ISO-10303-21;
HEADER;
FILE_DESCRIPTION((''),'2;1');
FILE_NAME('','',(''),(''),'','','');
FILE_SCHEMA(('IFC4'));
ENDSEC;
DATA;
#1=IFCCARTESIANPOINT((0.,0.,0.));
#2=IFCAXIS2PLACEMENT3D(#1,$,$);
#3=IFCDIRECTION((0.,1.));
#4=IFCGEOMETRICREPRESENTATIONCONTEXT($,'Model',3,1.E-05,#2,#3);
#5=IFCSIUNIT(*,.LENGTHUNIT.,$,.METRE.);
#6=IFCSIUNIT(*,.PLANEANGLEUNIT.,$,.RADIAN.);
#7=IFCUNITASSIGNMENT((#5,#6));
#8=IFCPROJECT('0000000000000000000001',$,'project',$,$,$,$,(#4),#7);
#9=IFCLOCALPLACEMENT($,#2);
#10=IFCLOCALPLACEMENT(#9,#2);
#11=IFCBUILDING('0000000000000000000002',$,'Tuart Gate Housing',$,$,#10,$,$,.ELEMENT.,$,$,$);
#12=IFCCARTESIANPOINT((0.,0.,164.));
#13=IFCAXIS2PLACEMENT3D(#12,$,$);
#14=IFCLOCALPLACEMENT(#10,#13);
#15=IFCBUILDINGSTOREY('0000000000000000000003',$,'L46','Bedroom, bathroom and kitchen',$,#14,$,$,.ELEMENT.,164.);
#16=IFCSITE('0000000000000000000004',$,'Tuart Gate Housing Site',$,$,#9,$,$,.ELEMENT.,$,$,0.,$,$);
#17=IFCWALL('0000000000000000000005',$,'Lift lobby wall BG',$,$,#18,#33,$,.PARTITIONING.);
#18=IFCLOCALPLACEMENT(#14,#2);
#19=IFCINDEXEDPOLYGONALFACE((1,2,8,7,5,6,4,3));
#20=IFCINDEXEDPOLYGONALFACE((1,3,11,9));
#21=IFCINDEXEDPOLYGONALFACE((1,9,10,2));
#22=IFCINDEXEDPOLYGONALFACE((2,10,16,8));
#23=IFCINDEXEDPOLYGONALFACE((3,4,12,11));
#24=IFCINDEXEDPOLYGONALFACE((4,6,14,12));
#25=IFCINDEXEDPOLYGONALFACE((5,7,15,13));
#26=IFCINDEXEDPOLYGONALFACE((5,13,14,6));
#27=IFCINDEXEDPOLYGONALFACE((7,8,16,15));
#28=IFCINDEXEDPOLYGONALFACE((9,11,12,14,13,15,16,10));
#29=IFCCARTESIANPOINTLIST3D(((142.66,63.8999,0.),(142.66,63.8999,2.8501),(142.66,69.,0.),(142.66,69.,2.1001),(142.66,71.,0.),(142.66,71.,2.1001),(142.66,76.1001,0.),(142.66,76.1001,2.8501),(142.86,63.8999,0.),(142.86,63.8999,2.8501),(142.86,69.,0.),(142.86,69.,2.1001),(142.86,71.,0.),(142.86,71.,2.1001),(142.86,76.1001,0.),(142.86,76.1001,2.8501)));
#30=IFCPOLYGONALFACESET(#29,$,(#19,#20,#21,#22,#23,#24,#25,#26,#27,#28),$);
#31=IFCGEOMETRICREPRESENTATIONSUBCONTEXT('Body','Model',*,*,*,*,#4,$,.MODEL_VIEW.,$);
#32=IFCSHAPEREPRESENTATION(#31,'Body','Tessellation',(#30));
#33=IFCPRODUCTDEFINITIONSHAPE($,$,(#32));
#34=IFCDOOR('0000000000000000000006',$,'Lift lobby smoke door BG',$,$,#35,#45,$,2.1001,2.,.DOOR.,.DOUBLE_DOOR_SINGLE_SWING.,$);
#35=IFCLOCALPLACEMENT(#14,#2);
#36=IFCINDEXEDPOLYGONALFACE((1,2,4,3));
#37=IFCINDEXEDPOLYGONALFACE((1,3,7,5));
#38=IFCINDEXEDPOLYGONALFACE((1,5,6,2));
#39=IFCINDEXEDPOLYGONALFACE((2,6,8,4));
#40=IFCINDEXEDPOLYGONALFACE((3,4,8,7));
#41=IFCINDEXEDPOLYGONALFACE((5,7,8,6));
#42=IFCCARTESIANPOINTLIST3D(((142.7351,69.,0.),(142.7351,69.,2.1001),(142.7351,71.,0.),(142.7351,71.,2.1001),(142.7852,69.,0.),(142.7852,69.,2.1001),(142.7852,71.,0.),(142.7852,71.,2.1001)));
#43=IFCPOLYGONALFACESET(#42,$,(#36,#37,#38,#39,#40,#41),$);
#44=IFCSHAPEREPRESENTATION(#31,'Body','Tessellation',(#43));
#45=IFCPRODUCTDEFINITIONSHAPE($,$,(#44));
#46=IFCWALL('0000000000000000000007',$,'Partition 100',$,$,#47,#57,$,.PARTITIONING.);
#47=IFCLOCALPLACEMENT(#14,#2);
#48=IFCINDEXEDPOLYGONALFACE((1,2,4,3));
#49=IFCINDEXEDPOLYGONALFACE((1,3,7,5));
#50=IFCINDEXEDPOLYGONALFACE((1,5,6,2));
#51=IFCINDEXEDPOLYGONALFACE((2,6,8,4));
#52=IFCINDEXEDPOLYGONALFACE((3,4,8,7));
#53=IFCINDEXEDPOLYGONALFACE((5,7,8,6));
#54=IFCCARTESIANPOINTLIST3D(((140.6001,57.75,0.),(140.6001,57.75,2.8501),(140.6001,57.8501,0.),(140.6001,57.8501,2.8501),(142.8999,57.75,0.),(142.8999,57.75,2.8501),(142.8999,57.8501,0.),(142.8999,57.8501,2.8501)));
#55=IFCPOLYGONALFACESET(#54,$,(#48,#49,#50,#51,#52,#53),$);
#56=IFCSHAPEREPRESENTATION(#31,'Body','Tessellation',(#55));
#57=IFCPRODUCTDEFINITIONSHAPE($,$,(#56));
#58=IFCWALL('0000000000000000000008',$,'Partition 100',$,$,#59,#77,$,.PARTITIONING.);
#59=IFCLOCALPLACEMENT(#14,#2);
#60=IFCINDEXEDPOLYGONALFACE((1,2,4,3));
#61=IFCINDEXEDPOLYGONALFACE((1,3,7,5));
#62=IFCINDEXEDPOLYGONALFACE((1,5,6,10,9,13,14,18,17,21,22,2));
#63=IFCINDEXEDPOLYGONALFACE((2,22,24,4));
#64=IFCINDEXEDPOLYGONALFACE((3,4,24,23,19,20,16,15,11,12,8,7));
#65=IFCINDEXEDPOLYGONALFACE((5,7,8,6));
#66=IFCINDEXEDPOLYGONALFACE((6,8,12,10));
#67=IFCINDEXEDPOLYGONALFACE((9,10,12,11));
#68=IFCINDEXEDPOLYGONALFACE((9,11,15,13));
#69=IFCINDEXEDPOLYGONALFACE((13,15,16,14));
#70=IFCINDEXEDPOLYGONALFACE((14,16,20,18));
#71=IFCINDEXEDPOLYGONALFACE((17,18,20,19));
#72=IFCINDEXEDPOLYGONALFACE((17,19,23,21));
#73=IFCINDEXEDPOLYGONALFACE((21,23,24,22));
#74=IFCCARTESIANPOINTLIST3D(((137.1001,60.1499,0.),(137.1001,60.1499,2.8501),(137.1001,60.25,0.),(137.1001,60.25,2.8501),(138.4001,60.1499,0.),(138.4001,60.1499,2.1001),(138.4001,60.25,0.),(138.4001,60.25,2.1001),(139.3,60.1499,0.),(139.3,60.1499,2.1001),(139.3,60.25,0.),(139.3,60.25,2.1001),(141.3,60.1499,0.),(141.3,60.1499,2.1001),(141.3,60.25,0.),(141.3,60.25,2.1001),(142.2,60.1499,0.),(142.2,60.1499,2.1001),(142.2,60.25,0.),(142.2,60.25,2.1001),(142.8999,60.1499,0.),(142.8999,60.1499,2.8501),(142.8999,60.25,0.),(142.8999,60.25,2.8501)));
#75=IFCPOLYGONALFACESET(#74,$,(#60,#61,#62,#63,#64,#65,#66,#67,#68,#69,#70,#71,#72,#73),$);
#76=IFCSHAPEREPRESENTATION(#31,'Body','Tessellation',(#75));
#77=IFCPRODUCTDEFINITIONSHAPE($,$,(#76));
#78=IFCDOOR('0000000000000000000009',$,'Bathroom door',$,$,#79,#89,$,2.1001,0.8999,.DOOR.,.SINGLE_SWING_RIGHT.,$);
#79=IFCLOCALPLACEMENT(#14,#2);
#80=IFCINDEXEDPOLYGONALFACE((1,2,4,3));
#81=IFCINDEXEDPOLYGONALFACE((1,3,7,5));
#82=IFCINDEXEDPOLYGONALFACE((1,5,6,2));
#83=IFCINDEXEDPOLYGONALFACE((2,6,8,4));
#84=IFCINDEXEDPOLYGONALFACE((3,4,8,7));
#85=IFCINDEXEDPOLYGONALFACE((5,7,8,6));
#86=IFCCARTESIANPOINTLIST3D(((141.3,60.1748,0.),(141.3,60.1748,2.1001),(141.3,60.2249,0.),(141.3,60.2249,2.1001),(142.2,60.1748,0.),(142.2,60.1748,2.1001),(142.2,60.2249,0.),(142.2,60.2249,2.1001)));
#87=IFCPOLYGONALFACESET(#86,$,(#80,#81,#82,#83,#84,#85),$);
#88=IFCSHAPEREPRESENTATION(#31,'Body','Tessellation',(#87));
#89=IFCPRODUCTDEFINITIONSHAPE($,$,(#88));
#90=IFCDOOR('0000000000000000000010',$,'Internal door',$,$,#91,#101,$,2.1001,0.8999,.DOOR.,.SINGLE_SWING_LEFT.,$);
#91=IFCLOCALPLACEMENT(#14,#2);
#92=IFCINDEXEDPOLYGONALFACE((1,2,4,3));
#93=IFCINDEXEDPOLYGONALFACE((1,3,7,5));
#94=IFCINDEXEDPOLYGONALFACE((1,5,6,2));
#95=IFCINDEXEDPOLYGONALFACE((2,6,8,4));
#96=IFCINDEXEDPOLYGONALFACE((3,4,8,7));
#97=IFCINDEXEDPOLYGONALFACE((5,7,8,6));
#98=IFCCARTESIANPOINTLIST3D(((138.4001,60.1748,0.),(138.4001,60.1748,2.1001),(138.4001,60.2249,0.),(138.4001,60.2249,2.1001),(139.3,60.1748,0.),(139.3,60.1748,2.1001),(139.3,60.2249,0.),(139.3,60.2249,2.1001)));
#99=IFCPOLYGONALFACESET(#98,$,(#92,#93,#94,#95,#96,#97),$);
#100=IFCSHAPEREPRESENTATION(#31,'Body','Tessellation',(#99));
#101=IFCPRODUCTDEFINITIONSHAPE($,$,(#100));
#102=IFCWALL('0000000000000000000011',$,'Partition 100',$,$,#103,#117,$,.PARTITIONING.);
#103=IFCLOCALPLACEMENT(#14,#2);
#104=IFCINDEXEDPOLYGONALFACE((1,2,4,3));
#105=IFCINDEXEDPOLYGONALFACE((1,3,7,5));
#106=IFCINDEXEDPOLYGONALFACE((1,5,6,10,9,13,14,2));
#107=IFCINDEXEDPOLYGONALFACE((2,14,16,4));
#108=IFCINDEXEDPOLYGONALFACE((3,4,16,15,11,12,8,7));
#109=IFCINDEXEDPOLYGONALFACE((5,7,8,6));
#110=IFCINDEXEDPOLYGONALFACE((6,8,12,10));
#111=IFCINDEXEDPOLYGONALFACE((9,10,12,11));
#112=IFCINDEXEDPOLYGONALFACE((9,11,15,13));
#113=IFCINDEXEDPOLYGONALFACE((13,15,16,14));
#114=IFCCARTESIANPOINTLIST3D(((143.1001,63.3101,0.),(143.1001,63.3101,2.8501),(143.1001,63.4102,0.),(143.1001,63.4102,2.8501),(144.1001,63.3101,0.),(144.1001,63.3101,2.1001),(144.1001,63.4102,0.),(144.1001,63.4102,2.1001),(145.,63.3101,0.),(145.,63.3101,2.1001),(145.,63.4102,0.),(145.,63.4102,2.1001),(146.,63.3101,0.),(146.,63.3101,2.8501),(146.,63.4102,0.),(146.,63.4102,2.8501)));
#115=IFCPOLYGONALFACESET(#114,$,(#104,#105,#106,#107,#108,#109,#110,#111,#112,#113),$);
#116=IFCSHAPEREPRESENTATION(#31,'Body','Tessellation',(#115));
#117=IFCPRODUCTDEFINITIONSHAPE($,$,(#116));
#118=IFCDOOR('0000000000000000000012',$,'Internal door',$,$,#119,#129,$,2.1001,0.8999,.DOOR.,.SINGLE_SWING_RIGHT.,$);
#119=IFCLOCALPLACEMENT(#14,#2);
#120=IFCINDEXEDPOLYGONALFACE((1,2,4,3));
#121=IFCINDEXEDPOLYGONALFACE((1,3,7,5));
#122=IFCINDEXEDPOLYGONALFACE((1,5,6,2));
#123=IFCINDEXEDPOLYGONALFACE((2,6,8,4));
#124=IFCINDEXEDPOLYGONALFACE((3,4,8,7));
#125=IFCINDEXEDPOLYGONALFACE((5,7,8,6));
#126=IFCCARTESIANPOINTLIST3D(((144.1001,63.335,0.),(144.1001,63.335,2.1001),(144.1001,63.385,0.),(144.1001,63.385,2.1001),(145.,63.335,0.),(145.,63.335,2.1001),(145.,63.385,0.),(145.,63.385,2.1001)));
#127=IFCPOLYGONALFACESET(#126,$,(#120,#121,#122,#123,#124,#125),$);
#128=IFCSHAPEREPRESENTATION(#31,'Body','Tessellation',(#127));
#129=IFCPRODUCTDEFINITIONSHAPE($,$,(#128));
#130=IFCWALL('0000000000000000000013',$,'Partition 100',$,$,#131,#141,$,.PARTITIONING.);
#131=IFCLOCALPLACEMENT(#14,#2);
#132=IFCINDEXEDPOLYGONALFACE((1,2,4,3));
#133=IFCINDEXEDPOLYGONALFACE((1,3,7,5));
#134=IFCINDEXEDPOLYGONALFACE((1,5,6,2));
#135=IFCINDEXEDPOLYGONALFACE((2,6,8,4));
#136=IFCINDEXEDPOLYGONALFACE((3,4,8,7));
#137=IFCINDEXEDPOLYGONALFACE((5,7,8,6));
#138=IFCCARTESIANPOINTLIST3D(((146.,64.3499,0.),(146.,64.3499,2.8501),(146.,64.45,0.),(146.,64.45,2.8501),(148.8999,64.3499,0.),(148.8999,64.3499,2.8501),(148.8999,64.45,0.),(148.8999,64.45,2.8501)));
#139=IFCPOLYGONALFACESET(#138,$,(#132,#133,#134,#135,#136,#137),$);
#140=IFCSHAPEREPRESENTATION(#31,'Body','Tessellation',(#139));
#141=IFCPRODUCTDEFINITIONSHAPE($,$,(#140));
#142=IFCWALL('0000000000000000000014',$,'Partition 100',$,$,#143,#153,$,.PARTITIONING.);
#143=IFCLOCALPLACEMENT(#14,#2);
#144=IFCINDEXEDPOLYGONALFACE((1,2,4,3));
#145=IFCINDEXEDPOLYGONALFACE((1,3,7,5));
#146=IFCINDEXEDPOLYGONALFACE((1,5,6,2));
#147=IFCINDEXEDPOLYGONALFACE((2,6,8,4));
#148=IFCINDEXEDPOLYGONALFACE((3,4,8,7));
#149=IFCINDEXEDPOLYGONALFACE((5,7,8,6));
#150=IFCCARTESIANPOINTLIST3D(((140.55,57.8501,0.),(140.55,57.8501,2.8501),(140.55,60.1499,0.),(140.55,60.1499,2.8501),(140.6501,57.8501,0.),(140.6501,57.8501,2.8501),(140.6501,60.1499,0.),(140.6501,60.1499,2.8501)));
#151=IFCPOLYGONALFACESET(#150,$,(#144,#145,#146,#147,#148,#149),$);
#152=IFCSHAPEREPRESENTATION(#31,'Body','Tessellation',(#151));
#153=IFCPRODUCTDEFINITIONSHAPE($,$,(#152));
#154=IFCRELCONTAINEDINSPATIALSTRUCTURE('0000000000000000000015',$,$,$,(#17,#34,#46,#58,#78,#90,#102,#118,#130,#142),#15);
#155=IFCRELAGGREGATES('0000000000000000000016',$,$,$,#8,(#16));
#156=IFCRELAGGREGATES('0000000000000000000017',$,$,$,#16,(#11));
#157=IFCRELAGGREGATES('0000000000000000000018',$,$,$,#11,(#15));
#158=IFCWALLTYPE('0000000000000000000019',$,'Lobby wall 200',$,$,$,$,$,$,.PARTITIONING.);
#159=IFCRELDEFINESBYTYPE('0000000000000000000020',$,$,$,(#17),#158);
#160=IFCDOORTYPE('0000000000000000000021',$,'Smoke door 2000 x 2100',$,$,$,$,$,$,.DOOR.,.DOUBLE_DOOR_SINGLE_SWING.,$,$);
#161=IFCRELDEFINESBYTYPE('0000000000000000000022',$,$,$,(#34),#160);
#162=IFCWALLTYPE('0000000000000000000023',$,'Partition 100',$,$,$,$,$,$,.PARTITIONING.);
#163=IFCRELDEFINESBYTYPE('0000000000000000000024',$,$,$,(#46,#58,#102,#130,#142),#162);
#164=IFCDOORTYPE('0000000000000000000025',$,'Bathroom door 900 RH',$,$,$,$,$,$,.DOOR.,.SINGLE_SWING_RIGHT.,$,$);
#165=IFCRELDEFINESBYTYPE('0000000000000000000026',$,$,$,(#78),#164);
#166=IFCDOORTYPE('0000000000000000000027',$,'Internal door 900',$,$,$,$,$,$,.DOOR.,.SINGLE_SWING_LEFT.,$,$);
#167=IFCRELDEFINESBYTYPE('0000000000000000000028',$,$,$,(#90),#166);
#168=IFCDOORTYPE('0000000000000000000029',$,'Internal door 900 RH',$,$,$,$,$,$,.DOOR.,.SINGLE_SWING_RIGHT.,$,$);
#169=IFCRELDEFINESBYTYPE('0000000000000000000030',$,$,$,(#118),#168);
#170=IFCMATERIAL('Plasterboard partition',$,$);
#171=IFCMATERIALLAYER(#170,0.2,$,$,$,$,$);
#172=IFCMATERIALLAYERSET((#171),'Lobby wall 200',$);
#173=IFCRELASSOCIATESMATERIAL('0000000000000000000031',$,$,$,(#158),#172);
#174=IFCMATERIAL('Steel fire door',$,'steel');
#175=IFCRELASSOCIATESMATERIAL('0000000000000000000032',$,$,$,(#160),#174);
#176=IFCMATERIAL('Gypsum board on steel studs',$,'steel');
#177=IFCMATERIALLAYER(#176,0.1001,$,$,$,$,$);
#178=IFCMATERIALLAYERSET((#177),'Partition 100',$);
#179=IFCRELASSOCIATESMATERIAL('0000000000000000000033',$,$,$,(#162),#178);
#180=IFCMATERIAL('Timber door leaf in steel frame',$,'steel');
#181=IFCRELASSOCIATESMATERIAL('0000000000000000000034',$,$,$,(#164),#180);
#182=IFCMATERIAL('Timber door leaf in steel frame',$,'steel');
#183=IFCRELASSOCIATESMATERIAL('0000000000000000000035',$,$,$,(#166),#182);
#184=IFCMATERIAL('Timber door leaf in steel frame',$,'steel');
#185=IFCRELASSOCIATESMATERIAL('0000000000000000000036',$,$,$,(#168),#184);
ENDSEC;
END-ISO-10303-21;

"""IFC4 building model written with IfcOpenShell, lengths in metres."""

from ifc_helpers import new_model, si_unit, direction, frame, frame_2d, origin, place, context, subcontext, project, spatial, rectangle, extrude, material, layer, layer_set, type_object, element, fill, save


model = new_model("IFC4")

# Units and contexts
model_context = context("Model", 3, precision=1e-05, world=origin(), true_north=direction((0.0, 1.0)))
body_context = subcontext(model_context, "Body", "Model", "MODEL_VIEW")
ifc_project = project(units=[si_unit("LENGTHUNIT", "METRE"), si_unit("PLANEANGLEUNIT", "RADIAN")], contexts=[model_context])

# Site, building, storey
site_placement = place(None, origin())
site = spatial("IfcSite", under=ifc_project, at=site_placement, Name="Tuart Gate Housing Site", CompositionType="ELEMENT", RefElevation=0.0)
building_placement = place(site_placement, origin())
building = spatial("IfcBuilding", under=site, at=building_placement, Name="Tuart Gate Housing", CompositionType="ELEMENT")
storey_placement = place(building_placement, frame((0.0, 0.0, 164.0)))
storey = spatial("IfcBuildingStorey", under=building, at=storey_placement, Name="L46", Description="Bedroom, bathroom and kitchen", CompositionType="ELEMENT", Elevation=164.0)

# Wall, opening, door
ifc_material_1 = material(Name="Plasterboard partition")
ifc_layer_1 = layer(ifc_material_1, 0.2)
ifc_layer_set_1 = layer_set([ifc_layer_1], Name="Lobby wall 200")
wall_type_1 = type_object("IfcWallType", Name="Lobby wall 200", PredefinedType="PARTITIONING", material=ifc_layer_set_1)
wall_1_placement = place(storey_placement, frame((142.76, 63.8999, 0.0), z_axis=(0.0, 0.0, 1.0), x_axis=(0.0, 1.0, 0.0)))
wall_1 = element("IfcWall", 1, at=wall_1_placement, inside=storey, type_object=wall_type_1, Name="Lift lobby wall BG", PredefinedType="PARTITIONING", context=body_context, shape_type="SweptSolid", body=[
    extrude(rectangle(XDim=12.2002, YDim=0.2, at=frame_2d((6.1001, 0.0))), origin(), (0.0, 0.0, 1.0), 2.8501),
])
opening_1_placement = place(wall_1_placement, frame((5.1001, 0.0, 0.0)))
opening_1 = element("IfcOpeningElement", 2, at=opening_1_placement, cuts=wall_1, PredefinedType="OPENING", context=body_context, shape_type="SweptSolid", body=[
    extrude(rectangle(XDim=2.0, YDim=2.1001, at=frame_2d((1.0, 1.05))), frame((0.0, 0.1099, 0.0), z_axis=(0.0, -1.0, 0.0), x_axis=(1.0, 0.0, 0.0)), (0.0, 0.0, 1.0), 0.22),
])
ifc_material_2 = material(Name="Steel fire door", Category="steel")
door_type_1 = type_object("IfcDoorType", Name="Smoke door 2000 x 2100", OperationType="DOUBLE_DOOR_SINGLE_SWING", PredefinedType="DOOR", material=ifc_material_2)
door_1_placement = place(opening_1_placement, origin())
door_1 = element("IfcDoor", 3, at=door_1_placement, inside=storey, type_object=door_type_1, Name="Lift lobby smoke door BG", OperationType="DOUBLE_DOOR_SINGLE_SWING", OverallHeight=2.1001, OverallWidth=2.0, PredefinedType="DOOR", context=body_context, shape_type="SweptSolid", body=[
    extrude(rectangle(XDim=2.0, YDim=2.1001, at=frame_2d((1.0, 1.05))), frame((0.0, 0.0249, 0.0), z_axis=(0.0, -1.0, 0.0), x_axis=(1.0, 0.0, 0.0)), (0.0, 0.0, 1.0), 0.05),
])
fill(opening_1, door_1)

# Wall
ifc_material_3 = material(Name="Gypsum board on steel studs", Category="steel")
ifc_layer_2 = layer(ifc_material_3, 0.1001)
ifc_layer_set_2 = layer_set([ifc_layer_2], Name="Partition 100")
wall_type_2 = type_object("IfcWallType", Name="Partition 100", PredefinedType="PARTITIONING", material=ifc_layer_set_2)
wall_2_placement = place(storey_placement, frame((140.6001, 57.8, 0.0), z_axis=(0.0, 0.0, 1.0), x_axis=(1.0, 0.0, 0.0)))
element("IfcWall", 4, at=wall_2_placement, inside=storey, type_object=wall_type_2, Name="Partition 100", PredefinedType="PARTITIONING", context=body_context, shape_type="SweptSolid", body=[
    extrude(rectangle(XDim=2.2998, YDim=0.1001, at=frame_2d((1.1499, 0.0))), origin(), (0.0, 0.0, 1.0), 2.8501),
])

# Wall, openings, doors
wall_3_placement = place(storey_placement, frame((137.1001, 60.2, 0.0), z_axis=(0.0, 0.0, 1.0), x_axis=(1.0, 0.0, 0.0)))
wall_3 = element("IfcWall", 5, at=wall_3_placement, inside=storey, type_object=wall_type_2, Name="Partition 100", PredefinedType="PARTITIONING", context=body_context, shape_type="SweptSolid", body=[
    extrude(rectangle(XDim=5.7998, YDim=0.1001, at=frame_2d((2.8999, 0.0))), origin(), (0.0, 0.0, 1.0), 2.8501),
])
opening_2_placement = place(wall_3_placement, frame((1.3, 0.0, 0.0)))
opening_2 = element("IfcOpeningElement", 6, at=opening_2_placement, cuts=wall_3, PredefinedType="OPENING", context=body_context, shape_type="SweptSolid", body=[
    extrude(rectangle(XDim=0.8999, YDim=2.1001, at=frame_2d((0.45, 1.05))), frame((0.0, 0.0601, 0.0), z_axis=(0.0, -1.0, 0.0), x_axis=(1.0, 0.0, 0.0)), (0.0, 0.0, 1.0), 0.1201),
])
opening_3_placement = place(wall_3_placement, frame((4.2, 0.0, 0.0)))
opening_3 = element("IfcOpeningElement", 7, at=opening_3_placement, cuts=wall_3, PredefinedType="OPENING", context=body_context, shape_type="SweptSolid", body=[
    extrude(rectangle(XDim=0.8999, YDim=2.1001, at=frame_2d((0.45, 1.05))), frame((0.0, 0.0601, 0.0), z_axis=(0.0, -1.0, 0.0), x_axis=(1.0, 0.0, 0.0)), (0.0, 0.0, 1.0), 0.1201),
])
ifc_material_4 = material(Name="Timber door leaf in steel frame", Category="steel")
door_type_2 = type_object("IfcDoorType", Name="Bathroom door 900 RH", OperationType="SINGLE_SWING_RIGHT", PredefinedType="DOOR", material=ifc_material_4)
door_2_placement = place(opening_3_placement, frame((0.8999, 0.0, 0.0), z_axis=(0.0, 0.0, 1.0), x_axis=(-1.0, 0.0, 0.0)))
door_2 = element("IfcDoor", 8, at=door_2_placement, inside=storey, type_object=door_type_2, Name="Bathroom door", OperationType="SINGLE_SWING_RIGHT", OverallHeight=2.1001, OverallWidth=0.8999, PredefinedType="DOOR", context=body_context, shape_type="SweptSolid", body=[
    extrude(rectangle(XDim=0.8999, YDim=2.1001, at=frame_2d((0.45, 1.05))), frame((0.0, 0.0251, 0.0), z_axis=(0.0, -1.0, 0.0), x_axis=(1.0, 0.0, 0.0)), (0.0, 0.0, 1.0), 0.05),
])
fill(opening_3, door_2)
ifc_material_5 = material(Name="Timber door leaf in steel frame", Category="steel")
door_type_3 = type_object("IfcDoorType", Name="Internal door 900", OperationType="SINGLE_SWING_LEFT", PredefinedType="DOOR", material=ifc_material_5)
door_3_placement = place(opening_2_placement, origin())
door_3 = element("IfcDoor", 9, at=door_3_placement, inside=storey, type_object=door_type_3, Name="Internal door", OperationType="SINGLE_SWING_LEFT", OverallHeight=2.1001, OverallWidth=0.8999, PredefinedType="DOOR", context=body_context, shape_type="SweptSolid", body=[
    extrude(rectangle(XDim=0.8999, YDim=2.1001, at=frame_2d((0.45, 1.05))), frame((0.0, 0.0249, 0.0), z_axis=(0.0, -1.0, 0.0), x_axis=(1.0, 0.0, 0.0)), (0.0, 0.0, 1.0), 0.05),
])
fill(opening_2, door_3)

# Wall, opening, door
wall_4_placement = place(storey_placement, frame((143.1001, 63.3601, 0.0), z_axis=(0.0, 0.0, 1.0), x_axis=(1.0, 0.0, 0.0)))
wall_4 = element("IfcWall", 10, at=wall_4_placement, inside=storey, type_object=wall_type_2, Name="Partition 100", PredefinedType="PARTITIONING", context=body_context, shape_type="SweptSolid", body=[
    extrude(rectangle(XDim=2.8999, YDim=0.1001, at=frame_2d((1.45, 0.0))), origin(), (0.0, 0.0, 1.0), 2.8501),
])
opening_4_placement = place(wall_4_placement, frame((1.0, 0.0, 0.0)))
opening_4 = element("IfcOpeningElement", 11, at=opening_4_placement, cuts=wall_4, PredefinedType="OPENING", context=body_context, shape_type="SweptSolid", body=[
    extrude(rectangle(XDim=0.8999, YDim=2.1001, at=frame_2d((0.45, 1.05))), frame((0.0, 0.0601, 0.0), z_axis=(0.0, -1.0, 0.0), x_axis=(1.0, 0.0, 0.0)), (0.0, 0.0, 1.0), 0.1201),
])
ifc_material_6 = material(Name="Timber door leaf in steel frame", Category="steel")
door_type_4 = type_object("IfcDoorType", Name="Internal door 900 RH", OperationType="SINGLE_SWING_RIGHT", PredefinedType="DOOR", material=ifc_material_6)
door_4_placement = place(opening_4_placement, origin())
door_4 = element("IfcDoor", 12, at=door_4_placement, inside=storey, type_object=door_type_4, Name="Internal door", OperationType="SINGLE_SWING_RIGHT", OverallHeight=2.1001, OverallWidth=0.8999, PredefinedType="DOOR", context=body_context, shape_type="SweptSolid", body=[
    extrude(rectangle(XDim=0.8999, YDim=2.1001, at=frame_2d((0.45, 1.05))), frame((0.0, 0.0249, 0.0), z_axis=(0.0, -1.0, 0.0), x_axis=(1.0, 0.0, 0.0)), (0.0, 0.0, 1.0), 0.05),
])
fill(opening_4, door_4)

# Walls
wall_5_placement = place(storey_placement, frame((146.0, 64.3999, 0.0), z_axis=(0.0, 0.0, 1.0), x_axis=(1.0, 0.0, 0.0)))
element("IfcWall", 13, at=wall_5_placement, inside=storey, type_object=wall_type_2, Name="Partition 100", PredefinedType="PARTITIONING", context=body_context, shape_type="SweptSolid", body=[
    extrude(rectangle(XDim=2.8999, YDim=0.1001, at=frame_2d((1.45, 0.0))), origin(), (0.0, 0.0, 1.0), 2.8501),
])
wall_6_placement = place(storey_placement, frame((140.6001, 57.8501, 0.0), z_axis=(0.0, 0.0, 1.0), x_axis=(0.0, 1.0, 0.0)))
element("IfcWall", 14, at=wall_6_placement, inside=storey, type_object=wall_type_2, Name="Partition 100", PredefinedType="PARTITIONING", context=body_context, shape_type="SweptSolid", body=[
    extrude(rectangle(XDim=2.2998, YDim=0.1001, at=frame_2d((1.1499, 0.0))), origin(), (0.0, 0.0, 1.0), 2.8501),
])

save(model, "model.ifc")
